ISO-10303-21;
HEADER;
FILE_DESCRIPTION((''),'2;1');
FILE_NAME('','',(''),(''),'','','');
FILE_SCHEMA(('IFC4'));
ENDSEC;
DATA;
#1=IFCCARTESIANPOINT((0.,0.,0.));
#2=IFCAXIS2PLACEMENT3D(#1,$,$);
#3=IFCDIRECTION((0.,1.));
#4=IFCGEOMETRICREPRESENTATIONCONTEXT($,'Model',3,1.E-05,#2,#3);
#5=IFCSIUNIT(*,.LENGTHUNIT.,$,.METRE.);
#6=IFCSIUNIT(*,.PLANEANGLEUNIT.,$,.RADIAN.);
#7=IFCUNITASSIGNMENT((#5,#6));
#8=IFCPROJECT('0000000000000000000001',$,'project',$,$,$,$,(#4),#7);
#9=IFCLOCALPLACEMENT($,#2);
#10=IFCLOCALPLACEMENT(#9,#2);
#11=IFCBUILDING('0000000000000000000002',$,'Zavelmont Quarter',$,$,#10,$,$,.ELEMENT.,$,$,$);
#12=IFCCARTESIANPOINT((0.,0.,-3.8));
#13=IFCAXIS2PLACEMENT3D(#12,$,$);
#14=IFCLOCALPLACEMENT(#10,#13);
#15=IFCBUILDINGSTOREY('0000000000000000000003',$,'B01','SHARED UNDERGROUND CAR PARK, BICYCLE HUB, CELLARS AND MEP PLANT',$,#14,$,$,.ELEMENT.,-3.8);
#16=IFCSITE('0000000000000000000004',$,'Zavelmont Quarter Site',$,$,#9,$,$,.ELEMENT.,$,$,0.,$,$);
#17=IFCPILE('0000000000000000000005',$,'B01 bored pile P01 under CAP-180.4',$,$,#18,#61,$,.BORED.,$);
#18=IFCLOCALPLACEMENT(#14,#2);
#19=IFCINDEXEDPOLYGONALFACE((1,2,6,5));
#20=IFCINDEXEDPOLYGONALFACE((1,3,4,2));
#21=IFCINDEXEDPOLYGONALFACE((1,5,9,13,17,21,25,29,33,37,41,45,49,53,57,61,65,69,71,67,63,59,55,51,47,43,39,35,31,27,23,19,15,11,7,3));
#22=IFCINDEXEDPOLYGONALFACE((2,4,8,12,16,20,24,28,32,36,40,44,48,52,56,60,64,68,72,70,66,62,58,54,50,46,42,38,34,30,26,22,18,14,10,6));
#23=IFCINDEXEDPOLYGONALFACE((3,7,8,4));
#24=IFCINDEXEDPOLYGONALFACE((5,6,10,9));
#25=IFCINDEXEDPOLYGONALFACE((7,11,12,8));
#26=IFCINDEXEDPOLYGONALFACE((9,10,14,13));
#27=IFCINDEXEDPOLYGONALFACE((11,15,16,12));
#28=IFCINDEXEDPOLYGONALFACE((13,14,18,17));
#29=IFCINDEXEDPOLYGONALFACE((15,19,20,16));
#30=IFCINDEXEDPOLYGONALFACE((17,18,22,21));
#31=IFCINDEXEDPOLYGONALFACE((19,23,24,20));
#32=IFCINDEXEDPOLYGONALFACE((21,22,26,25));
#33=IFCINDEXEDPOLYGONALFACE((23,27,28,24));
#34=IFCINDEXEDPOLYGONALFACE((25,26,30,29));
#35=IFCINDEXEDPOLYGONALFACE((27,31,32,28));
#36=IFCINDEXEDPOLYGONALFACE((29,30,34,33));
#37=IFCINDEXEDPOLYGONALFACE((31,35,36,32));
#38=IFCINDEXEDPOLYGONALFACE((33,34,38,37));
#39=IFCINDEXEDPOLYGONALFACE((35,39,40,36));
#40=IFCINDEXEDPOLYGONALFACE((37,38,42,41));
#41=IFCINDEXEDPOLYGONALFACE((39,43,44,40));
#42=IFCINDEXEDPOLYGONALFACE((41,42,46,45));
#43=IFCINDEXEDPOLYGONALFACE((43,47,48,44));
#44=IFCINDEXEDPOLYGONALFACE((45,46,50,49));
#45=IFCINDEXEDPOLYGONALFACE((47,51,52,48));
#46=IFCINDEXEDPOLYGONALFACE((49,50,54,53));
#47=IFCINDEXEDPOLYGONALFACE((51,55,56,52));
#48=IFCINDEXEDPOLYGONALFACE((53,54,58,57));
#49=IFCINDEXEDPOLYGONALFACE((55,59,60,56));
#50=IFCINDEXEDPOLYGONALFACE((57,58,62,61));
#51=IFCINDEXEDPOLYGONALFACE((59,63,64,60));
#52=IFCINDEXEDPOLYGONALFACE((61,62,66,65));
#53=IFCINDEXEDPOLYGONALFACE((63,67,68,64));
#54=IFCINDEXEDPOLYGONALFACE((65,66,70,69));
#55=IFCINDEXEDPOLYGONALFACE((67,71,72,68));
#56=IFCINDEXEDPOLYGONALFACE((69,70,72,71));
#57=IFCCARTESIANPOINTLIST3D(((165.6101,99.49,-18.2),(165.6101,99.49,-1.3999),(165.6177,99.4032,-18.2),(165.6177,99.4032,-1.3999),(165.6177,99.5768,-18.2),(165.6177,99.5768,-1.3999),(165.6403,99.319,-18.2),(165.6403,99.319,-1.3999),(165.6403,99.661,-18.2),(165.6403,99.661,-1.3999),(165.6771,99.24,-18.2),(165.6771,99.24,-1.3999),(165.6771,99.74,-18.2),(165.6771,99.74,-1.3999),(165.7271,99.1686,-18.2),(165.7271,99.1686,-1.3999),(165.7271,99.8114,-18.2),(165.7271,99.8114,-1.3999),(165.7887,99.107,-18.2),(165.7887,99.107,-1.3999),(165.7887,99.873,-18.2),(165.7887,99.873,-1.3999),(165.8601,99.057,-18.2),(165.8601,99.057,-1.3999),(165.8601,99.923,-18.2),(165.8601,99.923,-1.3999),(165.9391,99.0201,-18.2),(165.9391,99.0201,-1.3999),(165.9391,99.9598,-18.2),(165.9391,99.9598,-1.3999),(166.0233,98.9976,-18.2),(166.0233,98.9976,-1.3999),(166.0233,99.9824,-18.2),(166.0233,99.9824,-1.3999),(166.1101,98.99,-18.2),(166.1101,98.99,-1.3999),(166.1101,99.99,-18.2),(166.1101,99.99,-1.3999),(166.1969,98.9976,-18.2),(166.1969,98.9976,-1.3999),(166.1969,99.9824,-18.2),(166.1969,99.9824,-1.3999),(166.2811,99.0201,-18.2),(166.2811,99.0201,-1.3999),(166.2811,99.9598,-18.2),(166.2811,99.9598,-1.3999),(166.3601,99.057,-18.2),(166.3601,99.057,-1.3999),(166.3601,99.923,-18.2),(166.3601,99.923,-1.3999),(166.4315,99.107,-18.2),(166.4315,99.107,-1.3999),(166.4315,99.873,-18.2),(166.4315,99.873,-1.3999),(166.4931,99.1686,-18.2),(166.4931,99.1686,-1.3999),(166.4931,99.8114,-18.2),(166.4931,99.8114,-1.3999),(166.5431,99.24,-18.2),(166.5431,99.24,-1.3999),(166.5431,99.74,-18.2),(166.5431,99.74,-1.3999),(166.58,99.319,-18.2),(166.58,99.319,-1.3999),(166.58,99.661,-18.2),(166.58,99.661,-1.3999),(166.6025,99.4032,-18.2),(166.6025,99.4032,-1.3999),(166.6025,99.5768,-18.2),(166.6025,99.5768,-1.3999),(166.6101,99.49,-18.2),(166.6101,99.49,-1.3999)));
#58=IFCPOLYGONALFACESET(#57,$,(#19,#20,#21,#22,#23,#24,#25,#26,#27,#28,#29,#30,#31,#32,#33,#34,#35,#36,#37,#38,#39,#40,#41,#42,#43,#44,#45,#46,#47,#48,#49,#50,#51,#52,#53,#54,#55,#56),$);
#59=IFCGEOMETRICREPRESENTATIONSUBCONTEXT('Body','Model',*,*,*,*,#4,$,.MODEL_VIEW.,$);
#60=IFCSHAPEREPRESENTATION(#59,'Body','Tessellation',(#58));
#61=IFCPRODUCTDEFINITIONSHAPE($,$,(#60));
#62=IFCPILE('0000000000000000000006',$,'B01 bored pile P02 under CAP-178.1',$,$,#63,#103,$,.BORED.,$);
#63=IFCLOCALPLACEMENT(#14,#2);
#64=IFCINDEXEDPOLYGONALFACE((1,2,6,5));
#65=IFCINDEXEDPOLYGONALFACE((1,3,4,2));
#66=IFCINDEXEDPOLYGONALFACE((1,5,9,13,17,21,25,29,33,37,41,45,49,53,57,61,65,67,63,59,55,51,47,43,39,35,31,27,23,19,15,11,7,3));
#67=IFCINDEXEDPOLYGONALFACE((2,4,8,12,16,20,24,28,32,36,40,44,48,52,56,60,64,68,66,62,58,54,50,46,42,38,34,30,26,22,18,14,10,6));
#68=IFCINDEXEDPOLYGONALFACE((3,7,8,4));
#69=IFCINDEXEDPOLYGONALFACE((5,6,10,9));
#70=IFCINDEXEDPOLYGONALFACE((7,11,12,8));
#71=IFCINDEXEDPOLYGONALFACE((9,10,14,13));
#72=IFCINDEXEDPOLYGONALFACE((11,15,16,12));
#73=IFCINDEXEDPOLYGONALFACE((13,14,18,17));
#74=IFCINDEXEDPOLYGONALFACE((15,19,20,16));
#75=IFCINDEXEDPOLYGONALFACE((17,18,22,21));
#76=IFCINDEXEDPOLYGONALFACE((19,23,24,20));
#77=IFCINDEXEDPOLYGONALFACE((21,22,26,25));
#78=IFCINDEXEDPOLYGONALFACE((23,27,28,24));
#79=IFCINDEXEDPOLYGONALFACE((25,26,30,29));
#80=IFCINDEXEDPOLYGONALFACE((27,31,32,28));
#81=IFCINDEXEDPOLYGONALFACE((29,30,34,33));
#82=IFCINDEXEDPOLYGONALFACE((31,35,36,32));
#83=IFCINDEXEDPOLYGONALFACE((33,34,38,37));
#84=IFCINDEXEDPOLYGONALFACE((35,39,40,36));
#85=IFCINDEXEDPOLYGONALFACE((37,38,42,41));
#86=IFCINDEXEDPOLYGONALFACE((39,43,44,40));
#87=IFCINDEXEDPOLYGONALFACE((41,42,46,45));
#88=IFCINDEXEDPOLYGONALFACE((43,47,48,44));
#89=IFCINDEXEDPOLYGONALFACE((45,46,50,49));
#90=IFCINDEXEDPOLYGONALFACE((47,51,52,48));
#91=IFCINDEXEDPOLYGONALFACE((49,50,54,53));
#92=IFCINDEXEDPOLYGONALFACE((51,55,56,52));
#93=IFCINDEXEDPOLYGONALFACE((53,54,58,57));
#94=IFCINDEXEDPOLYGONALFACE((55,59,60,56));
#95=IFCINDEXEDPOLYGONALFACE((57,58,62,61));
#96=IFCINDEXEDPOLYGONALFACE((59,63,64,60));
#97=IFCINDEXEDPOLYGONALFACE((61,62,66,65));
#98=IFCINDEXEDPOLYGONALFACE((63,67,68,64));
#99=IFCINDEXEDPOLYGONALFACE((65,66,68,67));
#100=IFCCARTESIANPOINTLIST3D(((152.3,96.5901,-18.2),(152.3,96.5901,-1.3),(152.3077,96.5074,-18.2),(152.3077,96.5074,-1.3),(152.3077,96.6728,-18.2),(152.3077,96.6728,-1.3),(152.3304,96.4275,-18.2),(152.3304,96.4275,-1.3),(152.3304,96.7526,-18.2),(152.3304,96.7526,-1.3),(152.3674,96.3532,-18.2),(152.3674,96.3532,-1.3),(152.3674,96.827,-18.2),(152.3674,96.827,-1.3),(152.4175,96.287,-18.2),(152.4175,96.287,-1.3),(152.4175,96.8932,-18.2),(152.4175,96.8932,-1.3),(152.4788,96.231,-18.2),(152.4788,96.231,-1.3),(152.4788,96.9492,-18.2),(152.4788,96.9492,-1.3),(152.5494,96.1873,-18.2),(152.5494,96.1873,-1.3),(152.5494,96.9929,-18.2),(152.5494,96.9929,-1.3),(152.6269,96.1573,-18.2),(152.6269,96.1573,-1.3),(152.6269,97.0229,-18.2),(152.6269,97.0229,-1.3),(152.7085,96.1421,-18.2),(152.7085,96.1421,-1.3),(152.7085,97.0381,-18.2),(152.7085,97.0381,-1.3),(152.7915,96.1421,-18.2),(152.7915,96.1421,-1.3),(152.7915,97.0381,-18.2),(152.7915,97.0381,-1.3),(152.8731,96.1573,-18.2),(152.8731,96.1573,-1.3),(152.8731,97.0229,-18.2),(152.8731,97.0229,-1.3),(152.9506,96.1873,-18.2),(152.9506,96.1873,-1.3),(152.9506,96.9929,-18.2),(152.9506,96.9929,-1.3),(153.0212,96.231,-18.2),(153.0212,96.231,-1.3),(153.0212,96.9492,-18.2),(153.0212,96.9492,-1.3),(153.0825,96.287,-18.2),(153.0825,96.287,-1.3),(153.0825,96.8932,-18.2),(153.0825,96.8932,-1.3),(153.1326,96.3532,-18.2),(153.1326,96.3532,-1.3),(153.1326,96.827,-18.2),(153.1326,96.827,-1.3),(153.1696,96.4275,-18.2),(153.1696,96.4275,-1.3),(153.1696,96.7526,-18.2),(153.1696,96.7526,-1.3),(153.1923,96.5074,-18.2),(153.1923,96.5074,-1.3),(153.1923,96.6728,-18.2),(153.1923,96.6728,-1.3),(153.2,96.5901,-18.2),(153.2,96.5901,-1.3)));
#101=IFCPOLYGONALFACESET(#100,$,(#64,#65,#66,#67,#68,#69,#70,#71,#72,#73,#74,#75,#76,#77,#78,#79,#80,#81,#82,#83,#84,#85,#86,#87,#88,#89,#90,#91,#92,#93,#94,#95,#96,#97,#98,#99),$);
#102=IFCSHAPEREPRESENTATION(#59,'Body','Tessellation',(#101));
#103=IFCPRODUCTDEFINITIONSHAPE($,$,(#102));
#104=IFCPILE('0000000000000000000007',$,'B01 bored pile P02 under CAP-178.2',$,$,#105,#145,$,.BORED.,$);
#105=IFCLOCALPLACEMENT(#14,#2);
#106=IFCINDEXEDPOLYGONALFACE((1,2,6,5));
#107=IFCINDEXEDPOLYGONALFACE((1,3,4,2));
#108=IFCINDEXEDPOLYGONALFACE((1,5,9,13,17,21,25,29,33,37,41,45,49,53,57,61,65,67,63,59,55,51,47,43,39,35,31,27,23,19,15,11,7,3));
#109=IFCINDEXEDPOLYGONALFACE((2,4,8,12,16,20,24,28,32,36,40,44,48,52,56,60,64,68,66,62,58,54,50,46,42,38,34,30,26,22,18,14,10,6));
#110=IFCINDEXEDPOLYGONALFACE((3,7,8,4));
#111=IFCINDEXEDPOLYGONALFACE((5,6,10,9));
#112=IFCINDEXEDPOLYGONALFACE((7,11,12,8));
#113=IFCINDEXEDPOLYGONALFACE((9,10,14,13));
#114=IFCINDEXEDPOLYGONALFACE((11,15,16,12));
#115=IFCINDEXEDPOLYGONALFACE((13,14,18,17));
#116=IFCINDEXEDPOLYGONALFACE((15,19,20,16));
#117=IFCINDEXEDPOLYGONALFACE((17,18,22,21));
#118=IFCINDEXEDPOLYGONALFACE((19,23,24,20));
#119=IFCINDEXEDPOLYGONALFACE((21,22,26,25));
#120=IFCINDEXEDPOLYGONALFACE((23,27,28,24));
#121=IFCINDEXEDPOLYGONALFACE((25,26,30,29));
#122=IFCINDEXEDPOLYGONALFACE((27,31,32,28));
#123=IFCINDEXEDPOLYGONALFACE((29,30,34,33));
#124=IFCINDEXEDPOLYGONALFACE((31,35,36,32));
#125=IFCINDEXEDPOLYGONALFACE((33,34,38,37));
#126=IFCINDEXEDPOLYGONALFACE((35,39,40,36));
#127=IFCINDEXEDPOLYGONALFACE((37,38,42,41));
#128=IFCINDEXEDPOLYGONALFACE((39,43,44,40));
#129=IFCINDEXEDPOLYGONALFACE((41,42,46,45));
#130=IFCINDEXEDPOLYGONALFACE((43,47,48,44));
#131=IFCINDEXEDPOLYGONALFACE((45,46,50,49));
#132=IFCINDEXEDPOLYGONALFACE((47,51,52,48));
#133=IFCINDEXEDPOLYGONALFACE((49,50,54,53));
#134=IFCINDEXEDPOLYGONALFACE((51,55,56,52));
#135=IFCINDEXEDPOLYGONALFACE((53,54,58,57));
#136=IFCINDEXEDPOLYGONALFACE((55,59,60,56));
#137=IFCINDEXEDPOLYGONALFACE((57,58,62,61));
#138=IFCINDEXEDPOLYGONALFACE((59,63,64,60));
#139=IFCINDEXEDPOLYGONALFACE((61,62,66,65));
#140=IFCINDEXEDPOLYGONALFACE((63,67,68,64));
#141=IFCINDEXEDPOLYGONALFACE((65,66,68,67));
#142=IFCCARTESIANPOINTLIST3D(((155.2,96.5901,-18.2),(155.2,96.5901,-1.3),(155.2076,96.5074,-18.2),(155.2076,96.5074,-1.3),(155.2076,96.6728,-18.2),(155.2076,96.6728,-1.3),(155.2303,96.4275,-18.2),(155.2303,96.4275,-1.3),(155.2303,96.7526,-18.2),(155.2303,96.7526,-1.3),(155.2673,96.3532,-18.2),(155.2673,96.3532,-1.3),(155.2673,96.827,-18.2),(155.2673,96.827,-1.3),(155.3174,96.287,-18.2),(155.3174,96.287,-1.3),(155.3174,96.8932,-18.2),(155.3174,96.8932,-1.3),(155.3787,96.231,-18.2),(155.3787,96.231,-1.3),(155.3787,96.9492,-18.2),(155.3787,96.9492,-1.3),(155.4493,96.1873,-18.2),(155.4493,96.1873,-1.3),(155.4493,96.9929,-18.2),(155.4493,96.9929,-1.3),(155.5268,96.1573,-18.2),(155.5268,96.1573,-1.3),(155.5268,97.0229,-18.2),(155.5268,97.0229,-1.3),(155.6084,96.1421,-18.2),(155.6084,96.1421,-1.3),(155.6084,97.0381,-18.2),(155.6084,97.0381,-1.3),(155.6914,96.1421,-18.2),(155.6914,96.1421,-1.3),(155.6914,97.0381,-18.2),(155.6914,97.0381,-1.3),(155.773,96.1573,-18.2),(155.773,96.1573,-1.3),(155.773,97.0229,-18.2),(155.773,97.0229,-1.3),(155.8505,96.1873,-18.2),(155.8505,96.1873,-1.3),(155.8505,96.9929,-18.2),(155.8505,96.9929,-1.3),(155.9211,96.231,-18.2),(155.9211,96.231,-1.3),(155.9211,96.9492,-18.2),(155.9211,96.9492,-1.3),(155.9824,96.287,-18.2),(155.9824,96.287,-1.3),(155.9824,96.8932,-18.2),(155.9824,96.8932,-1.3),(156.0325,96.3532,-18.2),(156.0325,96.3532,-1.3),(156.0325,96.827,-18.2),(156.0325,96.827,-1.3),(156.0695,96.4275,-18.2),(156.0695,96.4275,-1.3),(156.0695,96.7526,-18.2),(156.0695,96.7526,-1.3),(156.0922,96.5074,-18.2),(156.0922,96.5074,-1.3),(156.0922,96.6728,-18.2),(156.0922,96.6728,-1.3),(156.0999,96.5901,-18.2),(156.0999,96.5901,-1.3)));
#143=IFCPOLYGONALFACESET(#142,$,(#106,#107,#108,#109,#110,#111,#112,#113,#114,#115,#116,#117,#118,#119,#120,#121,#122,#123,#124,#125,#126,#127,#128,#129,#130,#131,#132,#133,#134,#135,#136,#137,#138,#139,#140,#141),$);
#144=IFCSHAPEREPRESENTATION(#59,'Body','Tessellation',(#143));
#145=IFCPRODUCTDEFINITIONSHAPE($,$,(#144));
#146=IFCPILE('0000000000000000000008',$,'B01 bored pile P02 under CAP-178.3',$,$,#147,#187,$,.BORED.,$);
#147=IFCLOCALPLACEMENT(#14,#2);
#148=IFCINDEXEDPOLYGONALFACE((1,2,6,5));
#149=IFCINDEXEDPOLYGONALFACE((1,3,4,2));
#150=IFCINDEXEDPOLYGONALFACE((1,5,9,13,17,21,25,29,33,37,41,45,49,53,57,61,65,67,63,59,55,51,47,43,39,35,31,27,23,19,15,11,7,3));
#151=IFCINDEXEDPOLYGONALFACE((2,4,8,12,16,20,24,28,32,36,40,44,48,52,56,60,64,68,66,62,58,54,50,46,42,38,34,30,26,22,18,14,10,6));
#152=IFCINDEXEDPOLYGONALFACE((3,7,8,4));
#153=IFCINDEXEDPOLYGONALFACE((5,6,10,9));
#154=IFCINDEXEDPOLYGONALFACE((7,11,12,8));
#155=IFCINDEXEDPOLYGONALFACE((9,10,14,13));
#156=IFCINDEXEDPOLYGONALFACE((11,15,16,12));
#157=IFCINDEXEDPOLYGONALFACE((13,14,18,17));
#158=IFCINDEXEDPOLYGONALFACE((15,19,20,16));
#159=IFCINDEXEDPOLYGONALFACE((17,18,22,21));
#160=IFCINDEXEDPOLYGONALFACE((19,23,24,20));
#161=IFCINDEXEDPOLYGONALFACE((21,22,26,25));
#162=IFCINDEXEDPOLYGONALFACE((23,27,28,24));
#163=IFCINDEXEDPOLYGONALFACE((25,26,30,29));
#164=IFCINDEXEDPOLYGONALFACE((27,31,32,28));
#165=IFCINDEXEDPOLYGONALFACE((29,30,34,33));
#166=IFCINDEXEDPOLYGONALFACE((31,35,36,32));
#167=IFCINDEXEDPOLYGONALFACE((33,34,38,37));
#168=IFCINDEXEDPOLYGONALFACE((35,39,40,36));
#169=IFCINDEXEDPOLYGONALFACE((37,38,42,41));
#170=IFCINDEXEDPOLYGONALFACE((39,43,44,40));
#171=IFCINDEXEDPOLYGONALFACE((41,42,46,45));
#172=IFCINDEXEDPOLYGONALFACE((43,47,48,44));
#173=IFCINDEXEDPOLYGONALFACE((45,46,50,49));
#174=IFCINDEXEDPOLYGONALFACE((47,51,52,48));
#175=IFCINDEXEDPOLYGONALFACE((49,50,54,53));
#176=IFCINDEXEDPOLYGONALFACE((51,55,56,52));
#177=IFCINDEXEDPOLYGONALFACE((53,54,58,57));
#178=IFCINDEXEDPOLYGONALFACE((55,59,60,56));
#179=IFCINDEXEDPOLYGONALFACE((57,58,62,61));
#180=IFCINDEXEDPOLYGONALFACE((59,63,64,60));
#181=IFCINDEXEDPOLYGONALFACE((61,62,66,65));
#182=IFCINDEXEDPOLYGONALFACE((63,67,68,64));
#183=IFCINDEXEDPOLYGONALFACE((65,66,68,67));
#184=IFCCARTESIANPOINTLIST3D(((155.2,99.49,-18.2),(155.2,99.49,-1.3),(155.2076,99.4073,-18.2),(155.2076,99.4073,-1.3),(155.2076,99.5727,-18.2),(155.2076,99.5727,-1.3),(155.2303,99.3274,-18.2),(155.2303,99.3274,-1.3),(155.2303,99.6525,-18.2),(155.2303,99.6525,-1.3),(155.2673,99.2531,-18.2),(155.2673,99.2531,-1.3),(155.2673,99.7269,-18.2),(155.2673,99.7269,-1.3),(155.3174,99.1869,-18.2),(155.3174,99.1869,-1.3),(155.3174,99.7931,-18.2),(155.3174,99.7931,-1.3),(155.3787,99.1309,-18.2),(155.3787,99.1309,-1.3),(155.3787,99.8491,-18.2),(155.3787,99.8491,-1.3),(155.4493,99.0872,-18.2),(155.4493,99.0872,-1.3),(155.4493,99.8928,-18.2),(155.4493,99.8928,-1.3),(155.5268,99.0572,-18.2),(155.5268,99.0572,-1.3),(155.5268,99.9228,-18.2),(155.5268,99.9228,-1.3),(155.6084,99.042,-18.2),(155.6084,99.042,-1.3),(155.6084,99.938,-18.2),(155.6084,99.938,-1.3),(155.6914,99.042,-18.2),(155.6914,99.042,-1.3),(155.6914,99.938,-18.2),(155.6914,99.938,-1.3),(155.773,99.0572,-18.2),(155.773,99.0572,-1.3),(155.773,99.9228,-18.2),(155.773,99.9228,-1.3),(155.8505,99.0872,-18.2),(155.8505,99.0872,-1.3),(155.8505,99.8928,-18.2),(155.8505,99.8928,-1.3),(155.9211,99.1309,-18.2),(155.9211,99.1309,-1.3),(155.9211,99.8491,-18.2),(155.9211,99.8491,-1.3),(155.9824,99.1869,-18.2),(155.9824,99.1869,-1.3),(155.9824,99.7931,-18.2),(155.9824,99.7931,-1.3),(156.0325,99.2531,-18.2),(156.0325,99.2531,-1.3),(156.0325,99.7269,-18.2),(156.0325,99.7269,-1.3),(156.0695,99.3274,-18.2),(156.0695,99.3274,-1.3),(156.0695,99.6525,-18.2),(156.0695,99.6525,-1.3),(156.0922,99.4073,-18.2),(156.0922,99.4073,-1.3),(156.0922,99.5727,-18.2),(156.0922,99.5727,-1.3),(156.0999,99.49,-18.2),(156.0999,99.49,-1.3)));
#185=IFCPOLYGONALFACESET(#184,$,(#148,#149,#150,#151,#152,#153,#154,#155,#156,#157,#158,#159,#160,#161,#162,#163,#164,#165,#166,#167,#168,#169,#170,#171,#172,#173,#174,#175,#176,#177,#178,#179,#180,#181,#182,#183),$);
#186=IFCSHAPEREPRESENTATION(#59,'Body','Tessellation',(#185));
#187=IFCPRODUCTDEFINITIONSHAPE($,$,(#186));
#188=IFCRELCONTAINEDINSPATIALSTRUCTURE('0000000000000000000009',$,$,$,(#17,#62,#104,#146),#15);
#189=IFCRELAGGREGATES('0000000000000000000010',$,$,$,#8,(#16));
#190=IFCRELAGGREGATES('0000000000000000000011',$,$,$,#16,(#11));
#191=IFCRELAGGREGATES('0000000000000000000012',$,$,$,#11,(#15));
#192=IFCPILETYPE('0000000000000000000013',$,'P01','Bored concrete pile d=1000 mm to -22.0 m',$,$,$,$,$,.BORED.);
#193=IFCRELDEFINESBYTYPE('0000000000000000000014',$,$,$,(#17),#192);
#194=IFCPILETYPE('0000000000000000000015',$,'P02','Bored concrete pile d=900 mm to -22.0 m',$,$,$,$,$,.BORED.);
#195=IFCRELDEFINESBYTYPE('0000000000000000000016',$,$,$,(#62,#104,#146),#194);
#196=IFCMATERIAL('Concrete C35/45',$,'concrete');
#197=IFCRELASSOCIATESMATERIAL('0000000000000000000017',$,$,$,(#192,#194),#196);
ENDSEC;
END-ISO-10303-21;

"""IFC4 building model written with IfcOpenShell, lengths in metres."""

from ifc_helpers import new_model, si_unit, direction, frame, origin, origin_2d, place, context, subcontext, project, spatial, circle, extrude, material, material_profile, profile_set, type_object, element, save


model = new_model("IFC4")

# Units and contexts
model_context = context("Model", 3, precision=1e-05, world=origin(), true_north=direction((0.0, 1.0)))
body_context = subcontext(model_context, "Body", "Model", "MODEL_VIEW")
ifc_project = project(units=[si_unit("LENGTHUNIT", "METRE"), si_unit("PLANEANGLEUNIT", "RADIAN")], contexts=[model_context])

# Site, building, storey
site_placement = place(None, origin())
site = spatial("IfcSite", under=ifc_project, at=site_placement, Name="Zavelmont Quarter Site", CompositionType="ELEMENT", RefElevation=0.0)
building_placement = place(site_placement, origin())
building = spatial("IfcBuilding", under=site, at=building_placement, Name="Zavelmont Quarter", CompositionType="ELEMENT")
storey_placement = place(building_placement, frame((0.0, 0.0, -3.8)))
storey = spatial("IfcBuildingStorey", under=building, at=storey_placement, Name="B01", Description="SHARED UNDERGROUND CAR PARK, BICYCLE HUB, CELLARS AND MEP PLANT", CompositionType="ELEMENT", Elevation=-3.8)

# Shared definitions
ifc_material_1 = material(Name="Concrete C35/45", Category="concrete")

# Piles
ifc_material_profile_1 = material_profile(ifc_material_1, circle(Radius=0.5, at=origin_2d()), Name="BP1000")
ifc_profile_set_1 = profile_set([ifc_material_profile_1], Name="Concrete C35/45")
pile_type_1 = type_object("IfcPileType", Name="P01", Description="Bored concrete pile d=1000 mm to -22.0 m", PredefinedType="BORED", material=ifc_profile_set_1)
for number, where, z_axis, x_axis, name in (
    (1, (166.1101, 99.49, -1.3999), (0.0, 0.0, -1.0), (1.0, 0.0, 0.0), "B01 bored pile P01 under CAP-180.4"),
):
    element("IfcPile", number, at=place(storey_placement, frame(where, z_axis=z_axis, x_axis=x_axis)), inside=storey, type_object=pile_type_1, Name=name, PredefinedType="BORED", context=body_context, shape_type="SweptSolid", body=[
        extrude(circle(Radius=0.5, at=origin_2d()), origin(), (0.0, 0.0, 1.0), 16.8),
    ])
ifc_material_profile_2 = material_profile(ifc_material_1, circle(Radius=0.45, at=origin_2d()), Name="BP900")
ifc_profile_set_2 = profile_set([ifc_material_profile_2], Name="Concrete C35/45")
pile_type_2 = type_object("IfcPileType", Name="P02", Description="Bored concrete pile d=900 mm to -22.0 m", PredefinedType="BORED", material=ifc_profile_set_2)
for number, where, z_axis, x_axis, name in (
    (2, (152.75, 96.5901, -1.3), (0.0, 0.0, -1.0), (1.0, 0.0, 0.0), "B01 bored pile P02 under CAP-178.1"),
    (3, (155.6499, 96.5901, -1.3), (0.0, 0.0, -1.0), (1.0, 0.0, 0.0), "B01 bored pile P02 under CAP-178.2"),
    (4, (155.6499, 99.49, -1.3), (0.0, 0.0, -1.0), (1.0, 0.0, 0.0), "B01 bored pile P02 under CAP-178.3"),
):
    element("IfcPile", number, at=place(storey_placement, frame(where, z_axis=z_axis, x_axis=x_axis)), inside=storey, type_object=pile_type_2, Name=name, PredefinedType="BORED", context=body_context, shape_type="SweptSolid", body=[
        extrude(circle(Radius=0.45, at=origin_2d()), origin(), (0.0, 0.0, 1.0), 16.8999),
    ])

save(model, "model.ifc")
